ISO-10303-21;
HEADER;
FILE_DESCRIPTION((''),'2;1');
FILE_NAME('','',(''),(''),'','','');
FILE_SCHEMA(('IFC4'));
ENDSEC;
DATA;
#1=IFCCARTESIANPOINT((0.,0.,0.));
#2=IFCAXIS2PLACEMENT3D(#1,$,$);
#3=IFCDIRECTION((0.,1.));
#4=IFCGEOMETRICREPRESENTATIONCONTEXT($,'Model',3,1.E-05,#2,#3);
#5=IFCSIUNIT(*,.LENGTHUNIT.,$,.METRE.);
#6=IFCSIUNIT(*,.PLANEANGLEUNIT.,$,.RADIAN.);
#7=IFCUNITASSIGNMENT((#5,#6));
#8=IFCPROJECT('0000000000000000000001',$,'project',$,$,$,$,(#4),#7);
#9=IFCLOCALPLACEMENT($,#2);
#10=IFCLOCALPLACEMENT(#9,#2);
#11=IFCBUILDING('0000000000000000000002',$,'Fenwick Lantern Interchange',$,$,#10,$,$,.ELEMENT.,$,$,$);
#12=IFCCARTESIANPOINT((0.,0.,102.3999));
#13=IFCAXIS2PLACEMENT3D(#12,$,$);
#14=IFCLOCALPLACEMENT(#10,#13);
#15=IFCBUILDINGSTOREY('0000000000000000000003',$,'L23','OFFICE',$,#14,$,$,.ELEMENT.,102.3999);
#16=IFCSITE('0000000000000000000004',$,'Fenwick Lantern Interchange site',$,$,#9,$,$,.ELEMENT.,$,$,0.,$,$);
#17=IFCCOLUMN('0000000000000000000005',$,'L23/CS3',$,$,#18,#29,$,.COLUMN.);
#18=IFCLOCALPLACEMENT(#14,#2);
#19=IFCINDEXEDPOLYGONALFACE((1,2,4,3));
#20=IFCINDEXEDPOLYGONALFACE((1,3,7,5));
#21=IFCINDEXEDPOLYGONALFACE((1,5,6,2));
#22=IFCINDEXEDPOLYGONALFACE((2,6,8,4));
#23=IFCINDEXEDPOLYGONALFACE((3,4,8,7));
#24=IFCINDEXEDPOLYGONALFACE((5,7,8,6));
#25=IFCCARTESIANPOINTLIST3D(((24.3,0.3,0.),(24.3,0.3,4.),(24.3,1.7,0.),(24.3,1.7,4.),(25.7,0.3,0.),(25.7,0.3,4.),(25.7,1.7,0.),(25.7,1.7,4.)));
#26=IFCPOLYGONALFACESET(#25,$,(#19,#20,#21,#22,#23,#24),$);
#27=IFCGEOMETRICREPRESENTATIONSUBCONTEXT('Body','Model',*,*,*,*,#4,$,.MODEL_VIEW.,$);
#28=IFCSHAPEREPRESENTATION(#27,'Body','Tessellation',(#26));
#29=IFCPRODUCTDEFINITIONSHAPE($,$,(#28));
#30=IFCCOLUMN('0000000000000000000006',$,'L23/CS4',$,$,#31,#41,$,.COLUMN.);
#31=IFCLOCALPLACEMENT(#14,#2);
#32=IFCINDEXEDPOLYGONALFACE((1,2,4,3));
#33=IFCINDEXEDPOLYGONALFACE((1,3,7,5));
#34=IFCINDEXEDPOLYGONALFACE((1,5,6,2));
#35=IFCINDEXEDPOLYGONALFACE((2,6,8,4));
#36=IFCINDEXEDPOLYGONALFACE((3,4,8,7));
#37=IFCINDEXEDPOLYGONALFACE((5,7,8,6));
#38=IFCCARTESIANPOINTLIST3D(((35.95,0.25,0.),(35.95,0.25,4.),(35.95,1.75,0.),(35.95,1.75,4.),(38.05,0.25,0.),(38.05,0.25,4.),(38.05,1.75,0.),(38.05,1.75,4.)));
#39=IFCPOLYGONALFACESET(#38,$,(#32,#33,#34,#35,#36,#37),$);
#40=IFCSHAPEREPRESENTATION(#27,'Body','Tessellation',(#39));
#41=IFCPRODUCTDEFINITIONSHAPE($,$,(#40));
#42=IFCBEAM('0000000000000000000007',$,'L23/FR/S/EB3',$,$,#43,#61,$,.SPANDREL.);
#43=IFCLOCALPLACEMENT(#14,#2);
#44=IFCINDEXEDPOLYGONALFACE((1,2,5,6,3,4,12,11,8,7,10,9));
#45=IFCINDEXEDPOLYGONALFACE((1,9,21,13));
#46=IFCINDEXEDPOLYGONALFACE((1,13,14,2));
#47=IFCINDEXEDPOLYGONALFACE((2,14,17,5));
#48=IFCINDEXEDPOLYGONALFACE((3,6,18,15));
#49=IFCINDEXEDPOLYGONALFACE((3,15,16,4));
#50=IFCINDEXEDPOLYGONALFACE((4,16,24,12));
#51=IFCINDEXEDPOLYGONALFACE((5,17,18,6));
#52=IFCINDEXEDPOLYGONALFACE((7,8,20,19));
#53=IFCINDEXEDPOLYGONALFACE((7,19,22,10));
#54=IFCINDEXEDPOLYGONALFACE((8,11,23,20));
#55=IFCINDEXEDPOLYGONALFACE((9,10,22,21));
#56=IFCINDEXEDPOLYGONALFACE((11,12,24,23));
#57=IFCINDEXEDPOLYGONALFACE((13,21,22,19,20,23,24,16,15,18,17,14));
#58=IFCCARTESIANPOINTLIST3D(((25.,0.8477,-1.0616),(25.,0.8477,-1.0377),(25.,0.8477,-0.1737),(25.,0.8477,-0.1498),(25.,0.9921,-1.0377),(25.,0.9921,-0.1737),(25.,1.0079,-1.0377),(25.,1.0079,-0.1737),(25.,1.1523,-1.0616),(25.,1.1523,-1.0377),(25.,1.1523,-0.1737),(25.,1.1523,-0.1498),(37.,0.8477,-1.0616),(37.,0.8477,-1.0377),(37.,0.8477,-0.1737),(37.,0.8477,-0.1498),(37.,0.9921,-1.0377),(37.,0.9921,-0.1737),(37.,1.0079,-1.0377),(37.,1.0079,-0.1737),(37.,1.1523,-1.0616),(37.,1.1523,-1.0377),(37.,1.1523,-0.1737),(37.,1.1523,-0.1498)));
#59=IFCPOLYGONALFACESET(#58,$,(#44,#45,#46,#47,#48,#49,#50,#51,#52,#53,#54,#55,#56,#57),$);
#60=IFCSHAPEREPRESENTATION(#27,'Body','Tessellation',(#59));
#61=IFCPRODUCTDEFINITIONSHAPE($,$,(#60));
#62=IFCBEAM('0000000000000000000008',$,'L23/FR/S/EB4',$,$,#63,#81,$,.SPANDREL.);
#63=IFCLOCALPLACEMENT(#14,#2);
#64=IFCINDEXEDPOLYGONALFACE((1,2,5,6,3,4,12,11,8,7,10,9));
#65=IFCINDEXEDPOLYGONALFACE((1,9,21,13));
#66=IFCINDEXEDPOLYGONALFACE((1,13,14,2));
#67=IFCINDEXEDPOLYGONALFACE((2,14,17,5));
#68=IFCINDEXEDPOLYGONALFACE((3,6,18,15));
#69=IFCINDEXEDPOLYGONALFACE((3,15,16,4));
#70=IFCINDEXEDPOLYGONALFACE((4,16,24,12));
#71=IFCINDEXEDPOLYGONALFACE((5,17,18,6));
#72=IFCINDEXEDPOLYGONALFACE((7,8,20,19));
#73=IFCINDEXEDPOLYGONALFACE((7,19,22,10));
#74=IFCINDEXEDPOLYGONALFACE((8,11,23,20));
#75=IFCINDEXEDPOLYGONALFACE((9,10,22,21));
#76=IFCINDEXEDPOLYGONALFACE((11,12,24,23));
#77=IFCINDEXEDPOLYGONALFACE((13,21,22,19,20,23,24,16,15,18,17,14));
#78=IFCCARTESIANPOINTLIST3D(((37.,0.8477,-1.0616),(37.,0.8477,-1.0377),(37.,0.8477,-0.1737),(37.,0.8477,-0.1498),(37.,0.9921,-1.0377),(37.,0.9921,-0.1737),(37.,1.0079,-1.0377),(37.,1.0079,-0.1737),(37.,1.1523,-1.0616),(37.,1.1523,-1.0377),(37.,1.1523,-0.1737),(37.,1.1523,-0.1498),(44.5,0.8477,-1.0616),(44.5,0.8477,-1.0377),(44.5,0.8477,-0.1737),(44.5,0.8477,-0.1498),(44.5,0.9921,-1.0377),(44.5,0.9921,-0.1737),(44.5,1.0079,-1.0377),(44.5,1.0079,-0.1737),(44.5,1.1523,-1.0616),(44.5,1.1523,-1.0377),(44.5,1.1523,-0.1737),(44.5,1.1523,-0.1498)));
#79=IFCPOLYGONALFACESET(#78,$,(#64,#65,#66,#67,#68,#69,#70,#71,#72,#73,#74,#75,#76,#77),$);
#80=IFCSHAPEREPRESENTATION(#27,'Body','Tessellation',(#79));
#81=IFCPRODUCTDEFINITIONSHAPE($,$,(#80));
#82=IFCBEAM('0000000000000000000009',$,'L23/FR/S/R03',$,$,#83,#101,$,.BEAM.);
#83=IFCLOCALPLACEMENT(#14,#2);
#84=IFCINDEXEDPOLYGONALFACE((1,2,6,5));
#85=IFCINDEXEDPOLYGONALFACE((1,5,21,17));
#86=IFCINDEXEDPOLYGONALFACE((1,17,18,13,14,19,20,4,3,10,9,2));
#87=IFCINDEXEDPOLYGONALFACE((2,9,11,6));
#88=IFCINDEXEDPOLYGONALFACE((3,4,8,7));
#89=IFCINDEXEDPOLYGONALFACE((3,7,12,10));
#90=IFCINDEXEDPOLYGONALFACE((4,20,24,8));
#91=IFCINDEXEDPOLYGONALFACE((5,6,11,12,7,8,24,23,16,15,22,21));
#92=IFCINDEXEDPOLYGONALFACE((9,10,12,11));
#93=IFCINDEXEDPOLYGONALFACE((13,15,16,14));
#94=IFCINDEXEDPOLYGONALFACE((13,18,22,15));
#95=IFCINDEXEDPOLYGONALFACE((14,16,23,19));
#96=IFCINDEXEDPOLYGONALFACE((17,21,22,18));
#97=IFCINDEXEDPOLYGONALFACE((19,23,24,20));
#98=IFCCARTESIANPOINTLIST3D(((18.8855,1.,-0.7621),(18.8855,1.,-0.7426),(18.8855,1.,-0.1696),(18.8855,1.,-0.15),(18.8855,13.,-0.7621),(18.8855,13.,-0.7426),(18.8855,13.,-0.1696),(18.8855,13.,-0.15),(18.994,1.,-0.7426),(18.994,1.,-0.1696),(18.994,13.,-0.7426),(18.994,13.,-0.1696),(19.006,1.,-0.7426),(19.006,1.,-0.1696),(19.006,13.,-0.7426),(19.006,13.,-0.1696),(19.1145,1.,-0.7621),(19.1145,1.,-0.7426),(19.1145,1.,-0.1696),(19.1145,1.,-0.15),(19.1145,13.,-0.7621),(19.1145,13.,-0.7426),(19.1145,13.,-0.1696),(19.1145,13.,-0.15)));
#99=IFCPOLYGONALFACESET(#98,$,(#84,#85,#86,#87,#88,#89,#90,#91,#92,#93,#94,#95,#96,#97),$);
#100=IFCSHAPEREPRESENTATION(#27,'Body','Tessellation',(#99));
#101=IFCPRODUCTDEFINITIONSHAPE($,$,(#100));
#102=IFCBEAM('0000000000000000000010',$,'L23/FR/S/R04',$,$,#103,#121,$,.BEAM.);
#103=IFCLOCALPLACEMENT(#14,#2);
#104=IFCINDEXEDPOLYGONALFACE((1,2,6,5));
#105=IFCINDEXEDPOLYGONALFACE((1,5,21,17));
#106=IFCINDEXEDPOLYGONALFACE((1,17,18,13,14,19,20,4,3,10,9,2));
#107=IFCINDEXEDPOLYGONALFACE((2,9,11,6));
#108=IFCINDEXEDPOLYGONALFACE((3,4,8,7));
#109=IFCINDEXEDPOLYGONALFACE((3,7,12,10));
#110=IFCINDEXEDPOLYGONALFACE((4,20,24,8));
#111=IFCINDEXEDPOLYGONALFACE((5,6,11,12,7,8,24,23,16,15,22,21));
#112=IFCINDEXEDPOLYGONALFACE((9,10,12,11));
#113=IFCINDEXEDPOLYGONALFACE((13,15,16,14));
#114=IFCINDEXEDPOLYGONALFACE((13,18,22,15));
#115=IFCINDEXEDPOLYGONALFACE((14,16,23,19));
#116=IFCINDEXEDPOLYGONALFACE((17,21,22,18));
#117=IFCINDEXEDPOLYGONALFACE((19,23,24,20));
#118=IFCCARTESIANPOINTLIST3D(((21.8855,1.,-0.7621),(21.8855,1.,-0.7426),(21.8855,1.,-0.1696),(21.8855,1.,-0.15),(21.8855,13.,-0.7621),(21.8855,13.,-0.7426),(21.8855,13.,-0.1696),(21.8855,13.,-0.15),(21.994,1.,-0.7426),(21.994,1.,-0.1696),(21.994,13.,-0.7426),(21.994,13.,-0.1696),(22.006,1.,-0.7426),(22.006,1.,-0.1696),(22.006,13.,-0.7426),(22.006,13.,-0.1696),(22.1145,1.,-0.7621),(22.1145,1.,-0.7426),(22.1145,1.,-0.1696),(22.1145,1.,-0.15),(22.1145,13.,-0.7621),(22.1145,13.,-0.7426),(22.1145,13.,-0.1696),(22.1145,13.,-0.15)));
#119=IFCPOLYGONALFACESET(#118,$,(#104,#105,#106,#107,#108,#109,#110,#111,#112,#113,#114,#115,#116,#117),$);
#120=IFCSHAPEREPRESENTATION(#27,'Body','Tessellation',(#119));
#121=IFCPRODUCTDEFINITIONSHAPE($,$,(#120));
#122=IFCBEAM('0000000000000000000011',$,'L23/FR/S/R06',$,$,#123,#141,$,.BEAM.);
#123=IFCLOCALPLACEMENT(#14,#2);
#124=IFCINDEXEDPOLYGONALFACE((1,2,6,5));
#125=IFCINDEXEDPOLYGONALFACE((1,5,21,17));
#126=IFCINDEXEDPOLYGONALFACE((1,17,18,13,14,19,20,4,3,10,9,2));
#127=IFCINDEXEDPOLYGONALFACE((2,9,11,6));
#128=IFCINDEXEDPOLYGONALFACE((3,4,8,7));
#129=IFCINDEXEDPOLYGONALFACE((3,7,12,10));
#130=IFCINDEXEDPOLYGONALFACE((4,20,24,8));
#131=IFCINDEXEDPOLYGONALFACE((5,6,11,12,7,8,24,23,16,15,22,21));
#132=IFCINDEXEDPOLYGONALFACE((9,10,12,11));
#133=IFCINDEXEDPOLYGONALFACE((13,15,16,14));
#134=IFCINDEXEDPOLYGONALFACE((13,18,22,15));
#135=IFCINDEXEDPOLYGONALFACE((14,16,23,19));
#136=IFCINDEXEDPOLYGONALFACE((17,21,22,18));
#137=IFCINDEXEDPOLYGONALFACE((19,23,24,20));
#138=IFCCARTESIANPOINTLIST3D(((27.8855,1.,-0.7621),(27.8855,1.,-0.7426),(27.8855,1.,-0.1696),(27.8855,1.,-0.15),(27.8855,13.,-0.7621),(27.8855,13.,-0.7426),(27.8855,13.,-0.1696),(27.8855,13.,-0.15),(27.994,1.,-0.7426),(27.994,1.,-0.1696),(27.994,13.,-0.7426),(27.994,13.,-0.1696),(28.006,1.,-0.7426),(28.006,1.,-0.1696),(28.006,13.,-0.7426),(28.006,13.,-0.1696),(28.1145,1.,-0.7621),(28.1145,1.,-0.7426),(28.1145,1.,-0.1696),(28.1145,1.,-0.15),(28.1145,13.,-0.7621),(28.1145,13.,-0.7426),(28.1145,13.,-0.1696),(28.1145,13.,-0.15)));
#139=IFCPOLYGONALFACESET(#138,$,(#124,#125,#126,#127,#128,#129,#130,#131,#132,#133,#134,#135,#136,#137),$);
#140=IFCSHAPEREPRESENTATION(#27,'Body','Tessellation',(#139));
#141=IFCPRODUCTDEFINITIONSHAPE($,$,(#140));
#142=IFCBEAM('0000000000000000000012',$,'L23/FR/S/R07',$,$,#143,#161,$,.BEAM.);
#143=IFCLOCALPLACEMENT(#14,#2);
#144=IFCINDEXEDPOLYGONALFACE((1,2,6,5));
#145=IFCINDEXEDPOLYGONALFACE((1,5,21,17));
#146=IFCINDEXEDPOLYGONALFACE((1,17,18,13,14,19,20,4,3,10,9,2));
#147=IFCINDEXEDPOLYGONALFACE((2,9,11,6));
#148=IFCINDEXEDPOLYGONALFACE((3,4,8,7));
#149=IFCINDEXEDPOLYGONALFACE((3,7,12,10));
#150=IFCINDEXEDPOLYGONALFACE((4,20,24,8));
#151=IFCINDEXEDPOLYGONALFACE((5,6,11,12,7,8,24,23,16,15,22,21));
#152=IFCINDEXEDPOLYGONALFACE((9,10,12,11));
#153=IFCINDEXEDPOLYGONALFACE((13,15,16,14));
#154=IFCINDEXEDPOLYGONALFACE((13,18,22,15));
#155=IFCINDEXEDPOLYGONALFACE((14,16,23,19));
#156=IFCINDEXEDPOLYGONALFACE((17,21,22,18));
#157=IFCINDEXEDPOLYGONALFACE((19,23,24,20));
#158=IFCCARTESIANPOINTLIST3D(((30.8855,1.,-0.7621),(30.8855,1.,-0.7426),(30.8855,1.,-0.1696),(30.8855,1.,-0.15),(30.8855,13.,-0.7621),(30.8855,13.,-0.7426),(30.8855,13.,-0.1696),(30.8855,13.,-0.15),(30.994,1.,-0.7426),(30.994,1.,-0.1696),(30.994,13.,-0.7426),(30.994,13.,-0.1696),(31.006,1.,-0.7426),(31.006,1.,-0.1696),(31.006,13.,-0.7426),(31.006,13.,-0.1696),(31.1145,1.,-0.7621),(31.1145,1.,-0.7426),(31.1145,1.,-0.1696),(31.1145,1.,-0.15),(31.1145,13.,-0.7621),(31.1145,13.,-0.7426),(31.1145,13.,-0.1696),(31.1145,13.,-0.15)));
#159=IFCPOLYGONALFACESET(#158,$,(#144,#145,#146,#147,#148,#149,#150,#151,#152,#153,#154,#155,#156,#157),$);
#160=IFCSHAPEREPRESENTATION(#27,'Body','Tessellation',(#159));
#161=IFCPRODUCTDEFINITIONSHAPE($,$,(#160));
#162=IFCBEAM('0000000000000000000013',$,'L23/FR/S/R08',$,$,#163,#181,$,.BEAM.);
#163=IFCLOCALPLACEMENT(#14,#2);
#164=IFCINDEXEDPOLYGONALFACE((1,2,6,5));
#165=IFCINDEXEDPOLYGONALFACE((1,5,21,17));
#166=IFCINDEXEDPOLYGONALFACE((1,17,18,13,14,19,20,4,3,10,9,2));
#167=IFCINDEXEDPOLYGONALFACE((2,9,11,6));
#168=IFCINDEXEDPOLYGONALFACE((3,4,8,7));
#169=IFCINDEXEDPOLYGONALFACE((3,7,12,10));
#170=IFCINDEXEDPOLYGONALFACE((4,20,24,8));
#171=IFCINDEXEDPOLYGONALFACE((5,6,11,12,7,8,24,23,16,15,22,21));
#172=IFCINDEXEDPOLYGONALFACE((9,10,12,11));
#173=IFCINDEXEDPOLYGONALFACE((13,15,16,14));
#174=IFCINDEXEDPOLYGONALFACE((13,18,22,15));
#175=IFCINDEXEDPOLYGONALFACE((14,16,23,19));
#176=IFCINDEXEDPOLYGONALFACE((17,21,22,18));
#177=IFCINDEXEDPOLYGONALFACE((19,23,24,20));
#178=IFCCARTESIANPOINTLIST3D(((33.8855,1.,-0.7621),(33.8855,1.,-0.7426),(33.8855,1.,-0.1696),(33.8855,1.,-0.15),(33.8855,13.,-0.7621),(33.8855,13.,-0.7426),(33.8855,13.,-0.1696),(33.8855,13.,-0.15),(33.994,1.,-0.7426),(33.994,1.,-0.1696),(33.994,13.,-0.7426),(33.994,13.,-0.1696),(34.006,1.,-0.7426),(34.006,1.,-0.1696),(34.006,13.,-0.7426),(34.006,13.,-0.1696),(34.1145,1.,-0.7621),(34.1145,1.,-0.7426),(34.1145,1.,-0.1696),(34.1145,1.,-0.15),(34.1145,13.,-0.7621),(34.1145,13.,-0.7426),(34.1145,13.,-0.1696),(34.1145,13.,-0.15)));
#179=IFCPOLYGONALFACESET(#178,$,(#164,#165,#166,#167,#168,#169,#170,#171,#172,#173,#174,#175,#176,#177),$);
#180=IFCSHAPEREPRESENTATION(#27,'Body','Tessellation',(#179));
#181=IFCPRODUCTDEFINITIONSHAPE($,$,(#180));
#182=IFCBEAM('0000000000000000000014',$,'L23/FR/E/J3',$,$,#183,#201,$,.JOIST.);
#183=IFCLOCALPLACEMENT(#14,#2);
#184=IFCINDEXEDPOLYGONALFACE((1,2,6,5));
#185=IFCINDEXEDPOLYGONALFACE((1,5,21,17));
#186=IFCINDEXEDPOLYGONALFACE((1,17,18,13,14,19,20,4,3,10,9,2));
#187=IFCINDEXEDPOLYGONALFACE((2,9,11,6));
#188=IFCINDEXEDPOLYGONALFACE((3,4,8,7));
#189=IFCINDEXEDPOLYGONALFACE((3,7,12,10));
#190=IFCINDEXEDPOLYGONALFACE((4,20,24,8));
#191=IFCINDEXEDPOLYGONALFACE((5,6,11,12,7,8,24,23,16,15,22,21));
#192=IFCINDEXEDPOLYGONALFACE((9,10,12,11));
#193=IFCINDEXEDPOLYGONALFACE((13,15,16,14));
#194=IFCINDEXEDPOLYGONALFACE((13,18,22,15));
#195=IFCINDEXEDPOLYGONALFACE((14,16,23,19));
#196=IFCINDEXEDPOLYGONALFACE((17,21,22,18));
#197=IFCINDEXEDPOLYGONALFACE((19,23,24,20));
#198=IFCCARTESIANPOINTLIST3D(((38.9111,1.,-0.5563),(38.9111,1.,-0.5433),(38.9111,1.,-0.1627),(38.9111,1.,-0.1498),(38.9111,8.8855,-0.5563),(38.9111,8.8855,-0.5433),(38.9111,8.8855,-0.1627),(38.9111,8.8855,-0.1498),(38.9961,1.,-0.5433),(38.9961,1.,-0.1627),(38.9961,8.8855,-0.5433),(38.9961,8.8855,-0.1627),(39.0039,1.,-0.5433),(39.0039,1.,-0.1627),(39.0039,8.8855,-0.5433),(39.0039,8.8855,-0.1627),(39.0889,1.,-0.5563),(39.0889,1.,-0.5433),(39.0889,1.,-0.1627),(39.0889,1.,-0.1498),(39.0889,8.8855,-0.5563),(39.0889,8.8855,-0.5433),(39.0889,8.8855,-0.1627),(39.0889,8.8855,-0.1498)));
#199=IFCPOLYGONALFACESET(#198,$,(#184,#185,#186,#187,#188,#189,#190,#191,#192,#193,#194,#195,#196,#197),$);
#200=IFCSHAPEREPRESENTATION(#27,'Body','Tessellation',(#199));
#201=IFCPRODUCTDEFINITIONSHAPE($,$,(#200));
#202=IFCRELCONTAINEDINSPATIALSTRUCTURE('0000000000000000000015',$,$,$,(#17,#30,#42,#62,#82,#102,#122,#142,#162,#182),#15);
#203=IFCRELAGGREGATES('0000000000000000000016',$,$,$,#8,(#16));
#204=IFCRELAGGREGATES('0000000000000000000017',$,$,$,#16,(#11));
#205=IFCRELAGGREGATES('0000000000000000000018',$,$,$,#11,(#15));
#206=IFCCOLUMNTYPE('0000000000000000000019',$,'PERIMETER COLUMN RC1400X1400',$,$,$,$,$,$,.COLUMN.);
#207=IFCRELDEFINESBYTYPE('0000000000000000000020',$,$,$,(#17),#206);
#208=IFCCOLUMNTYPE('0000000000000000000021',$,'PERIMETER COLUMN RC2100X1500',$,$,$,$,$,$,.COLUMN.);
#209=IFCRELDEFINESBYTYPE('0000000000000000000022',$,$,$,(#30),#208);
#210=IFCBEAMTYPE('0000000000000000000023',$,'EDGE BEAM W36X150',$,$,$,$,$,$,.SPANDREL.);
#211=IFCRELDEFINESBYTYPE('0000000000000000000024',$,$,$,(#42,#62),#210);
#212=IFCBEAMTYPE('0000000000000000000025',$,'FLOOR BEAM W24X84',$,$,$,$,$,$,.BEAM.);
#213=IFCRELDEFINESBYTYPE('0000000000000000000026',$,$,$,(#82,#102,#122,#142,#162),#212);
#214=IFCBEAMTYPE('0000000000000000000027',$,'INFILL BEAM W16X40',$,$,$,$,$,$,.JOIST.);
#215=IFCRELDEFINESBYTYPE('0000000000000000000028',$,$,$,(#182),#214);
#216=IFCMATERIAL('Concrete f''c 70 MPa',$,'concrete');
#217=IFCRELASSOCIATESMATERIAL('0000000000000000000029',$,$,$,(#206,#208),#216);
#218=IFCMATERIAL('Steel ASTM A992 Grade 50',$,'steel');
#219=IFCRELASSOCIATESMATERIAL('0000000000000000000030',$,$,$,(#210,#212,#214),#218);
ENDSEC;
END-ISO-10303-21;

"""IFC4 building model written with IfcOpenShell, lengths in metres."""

from ifc_helpers import new_model, si_unit, direction, frame, origin, origin_2d, place, context, subcontext, project, spatial, rectangle, i_section, extrude, material, material_profile, profile_set, type_object, element, save


model = new_model("IFC4")

# Units and contexts
model_context = context("Model", 3, precision=1e-05, world=origin(), true_north=direction((0.0, 1.0)))
body_context = subcontext(model_context, "Body", "Model", "MODEL_VIEW")
ifc_project = project(units=[si_unit("LENGTHUNIT", "METRE"), si_unit("PLANEANGLEUNIT", "RADIAN")], contexts=[model_context])

# Site, building, storey
site_placement = place(None, origin())
site = spatial("IfcSite", under=ifc_project, at=site_placement, Name="Fenwick Lantern Interchange site", CompositionType="ELEMENT", RefElevation=0.0)
building_placement = place(site_placement, origin())
building = spatial("IfcBuilding", under=site, at=building_placement, Name="Fenwick Lantern Interchange", CompositionType="ELEMENT")
storey_placement = place(building_placement, frame((0.0, 0.0, 102.3999)))
storey = spatial("IfcBuildingStorey", under=building, at=storey_placement, Name="L23", Description="OFFICE", CompositionType="ELEMENT", Elevation=102.3999)

# Columns
ifc_material_1 = material(Name="Concrete f'c 70 MPa", Category="concrete")
ifc_material_profile_1 = material_profile(ifc_material_1, rectangle(XDim=1.3999, YDim=1.3999, at=origin_2d()), Name="RC1400X1400")
ifc_profile_set_1 = profile_set([ifc_material_profile_1], Name="Concrete f'c 70 MPa")
column_type_1 = type_object("IfcColumnType", Name="PERIMETER COLUMN RC1400X1400", PredefinedType="COLUMN", material=ifc_profile_set_1)
column_1_placement = place(storey_placement, frame((25.0, 1.0, 0.0), z_axis=(0.0, 0.0, 1.0), x_axis=(1.0, 0.0, 0.0)))
element("IfcColumn", 1, at=column_1_placement, inside=storey, type_object=column_type_1, Name="L23/CS3", PredefinedType="COLUMN", context=body_context, shape_type="SweptSolid", body=[
    extrude(rectangle(XDim=1.3999, YDim=1.3999, at=origin_2d()), origin(), (0.0, 0.0, 1.0), 4.0),
])
ifc_material_profile_2 = material_profile(ifc_material_1, rectangle(XDim=2.1001, YDim=1.5, at=origin_2d()), Name="RC2100X1500")
ifc_profile_set_2 = profile_set([ifc_material_profile_2], Name="Concrete f'c 70 MPa")
column_type_2 = type_object("IfcColumnType", Name="PERIMETER COLUMN RC2100X1500", PredefinedType="COLUMN", material=ifc_profile_set_2)
column_2_placement = place(storey_placement, frame((37.0, 1.0, 0.0), z_axis=(0.0, 0.0, 1.0), x_axis=(1.0, 0.0, 0.0)))
element("IfcColumn", 2, at=column_2_placement, inside=storey, type_object=column_type_2, Name="L23/CS4", PredefinedType="COLUMN", context=body_context, shape_type="SweptSolid", body=[
    extrude(rectangle(XDim=2.1001, YDim=1.5, at=origin_2d()), origin(), (0.0, 0.0, 1.0), 4.0),
])

# Beams
ifc_material_2 = material(Name="Steel ASTM A992 Grade 50", Category="steel")
ifc_material_profile_3 = material_profile(ifc_material_2, i_section(OverallWidth=0.3047, OverallDepth=0.9119, WebThickness=0.0159, FlangeThickness=0.0239, at=origin_2d()), Name="W36X150")
ifc_profile_set_3 = profile_set([ifc_material_profile_3], Name="Steel ASTM A992 Grade 50")
beam_type_1 = type_object("IfcBeamType", Name="EDGE BEAM W36X150", PredefinedType="SPANDREL", material=ifc_profile_set_3)
beam_1_placement = place(storey_placement, frame((25.0, 1.0, -0.6057), z_axis=(1.0, 0.0, 0.0), x_axis=(0.0, 1.0, 0.0)))
element("IfcBeam", 3, at=beam_1_placement, inside=storey, type_object=beam_type_1, Name="L23/FR/S/EB3", PredefinedType="SPANDREL", context=body_context, shape_type="SweptSolid", body=[
    extrude(i_section(OverallWidth=0.3047, OverallDepth=0.9119, WebThickness=0.0159, FlangeThickness=0.0239, at=origin_2d()), origin(), (0.0, 0.0, 1.0), 12.0),
])
beam_2_placement = place(storey_placement, frame((37.0, 1.0, -0.6057), z_axis=(1.0, 0.0, 0.0), x_axis=(0.0, 1.0, 0.0)))
element("IfcBeam", 4, at=beam_2_placement, inside=storey, type_object=beam_type_1, Name="L23/FR/S/EB4", PredefinedType="SPANDREL", context=body_context, shape_type="SweptSolid", body=[
    extrude(i_section(OverallWidth=0.3047, OverallDepth=0.9119, WebThickness=0.0159, FlangeThickness=0.0239, at=origin_2d()), origin(), (0.0, 0.0, 1.0), 7.5),
])
ifc_material_profile_4 = material_profile(ifc_material_2, i_section(OverallWidth=0.229, OverallDepth=0.6121, WebThickness=0.012, FlangeThickness=0.0195, at=origin_2d()), Name="W24X84")
ifc_profile_set_4 = profile_set([ifc_material_profile_4], Name="Steel ASTM A992 Grade 50")
beam_type_2 = type_object("IfcBeamType", Name="FLOOR BEAM W24X84", PredefinedType="BEAM", material=ifc_profile_set_4)
for number, where, z_axis, x_axis, name in (
    (5, (19.0, 1.0, -0.4561), (0.0, 1.0, 0.0), (-1.0, 0.0, 0.0), "L23/FR/S/R03"),
    (6, (22.0, 1.0, -0.4561), (0.0, 1.0, 0.0), (-1.0, 0.0, 0.0), "L23/FR/S/R04"),
    (7, (28.0, 1.0, -0.4561), (0.0, 1.0, 0.0), (-1.0, 0.0, 0.0), "L23/FR/S/R06"),
    (8, (31.0, 1.0, -0.4561), (0.0, 1.0, 0.0), (-1.0, 0.0, 0.0), "L23/FR/S/R07"),
    (9, (34.0, 1.0, -0.4561), (0.0, 1.0, 0.0), (-1.0, 0.0, 0.0), "L23/FR/S/R08"),
):
    element("IfcBeam", number, at=place(storey_placement, frame(where, z_axis=z_axis, x_axis=x_axis)), inside=storey, type_object=beam_type_2, Name=name, PredefinedType="BEAM", context=body_context, shape_type="SweptSolid", body=[
        extrude(i_section(OverallWidth=0.229, OverallDepth=0.6121, WebThickness=0.012, FlangeThickness=0.0195, at=origin_2d()), origin(), (0.0, 0.0, 1.0), 12.0),
    ])
ifc_material_profile_5 = material_profile(ifc_material_2, i_section(OverallWidth=0.1777, OverallDepth=0.4065, WebThickness=0.0078, FlangeThickness=0.0129, at=origin_2d()), Name="W16X40")
ifc_profile_set_5 = profile_set([ifc_material_profile_5], Name="Steel ASTM A992 Grade 50")
beam_type_3 = type_object("IfcBeamType", Name="INFILL BEAM W16X40", PredefinedType="JOIST", material=ifc_profile_set_5)
beam_3_placement = place(storey_placement, frame((39.0, 1.0, -0.353), z_axis=(0.0, 1.0, 0.0), x_axis=(-1.0, 0.0, 0.0)))
element("IfcBeam", 10, at=beam_3_placement, inside=storey, type_object=beam_type_3, Name="L23/FR/E/J3", PredefinedType="JOIST", context=body_context, shape_type="SweptSolid", body=[
    extrude(i_section(OverallWidth=0.1777, OverallDepth=0.4065, WebThickness=0.0078, FlangeThickness=0.0129, at=origin_2d()), origin(), (0.0, 0.0, 1.0), 7.8855),
])

save(model, "model.ifc")
